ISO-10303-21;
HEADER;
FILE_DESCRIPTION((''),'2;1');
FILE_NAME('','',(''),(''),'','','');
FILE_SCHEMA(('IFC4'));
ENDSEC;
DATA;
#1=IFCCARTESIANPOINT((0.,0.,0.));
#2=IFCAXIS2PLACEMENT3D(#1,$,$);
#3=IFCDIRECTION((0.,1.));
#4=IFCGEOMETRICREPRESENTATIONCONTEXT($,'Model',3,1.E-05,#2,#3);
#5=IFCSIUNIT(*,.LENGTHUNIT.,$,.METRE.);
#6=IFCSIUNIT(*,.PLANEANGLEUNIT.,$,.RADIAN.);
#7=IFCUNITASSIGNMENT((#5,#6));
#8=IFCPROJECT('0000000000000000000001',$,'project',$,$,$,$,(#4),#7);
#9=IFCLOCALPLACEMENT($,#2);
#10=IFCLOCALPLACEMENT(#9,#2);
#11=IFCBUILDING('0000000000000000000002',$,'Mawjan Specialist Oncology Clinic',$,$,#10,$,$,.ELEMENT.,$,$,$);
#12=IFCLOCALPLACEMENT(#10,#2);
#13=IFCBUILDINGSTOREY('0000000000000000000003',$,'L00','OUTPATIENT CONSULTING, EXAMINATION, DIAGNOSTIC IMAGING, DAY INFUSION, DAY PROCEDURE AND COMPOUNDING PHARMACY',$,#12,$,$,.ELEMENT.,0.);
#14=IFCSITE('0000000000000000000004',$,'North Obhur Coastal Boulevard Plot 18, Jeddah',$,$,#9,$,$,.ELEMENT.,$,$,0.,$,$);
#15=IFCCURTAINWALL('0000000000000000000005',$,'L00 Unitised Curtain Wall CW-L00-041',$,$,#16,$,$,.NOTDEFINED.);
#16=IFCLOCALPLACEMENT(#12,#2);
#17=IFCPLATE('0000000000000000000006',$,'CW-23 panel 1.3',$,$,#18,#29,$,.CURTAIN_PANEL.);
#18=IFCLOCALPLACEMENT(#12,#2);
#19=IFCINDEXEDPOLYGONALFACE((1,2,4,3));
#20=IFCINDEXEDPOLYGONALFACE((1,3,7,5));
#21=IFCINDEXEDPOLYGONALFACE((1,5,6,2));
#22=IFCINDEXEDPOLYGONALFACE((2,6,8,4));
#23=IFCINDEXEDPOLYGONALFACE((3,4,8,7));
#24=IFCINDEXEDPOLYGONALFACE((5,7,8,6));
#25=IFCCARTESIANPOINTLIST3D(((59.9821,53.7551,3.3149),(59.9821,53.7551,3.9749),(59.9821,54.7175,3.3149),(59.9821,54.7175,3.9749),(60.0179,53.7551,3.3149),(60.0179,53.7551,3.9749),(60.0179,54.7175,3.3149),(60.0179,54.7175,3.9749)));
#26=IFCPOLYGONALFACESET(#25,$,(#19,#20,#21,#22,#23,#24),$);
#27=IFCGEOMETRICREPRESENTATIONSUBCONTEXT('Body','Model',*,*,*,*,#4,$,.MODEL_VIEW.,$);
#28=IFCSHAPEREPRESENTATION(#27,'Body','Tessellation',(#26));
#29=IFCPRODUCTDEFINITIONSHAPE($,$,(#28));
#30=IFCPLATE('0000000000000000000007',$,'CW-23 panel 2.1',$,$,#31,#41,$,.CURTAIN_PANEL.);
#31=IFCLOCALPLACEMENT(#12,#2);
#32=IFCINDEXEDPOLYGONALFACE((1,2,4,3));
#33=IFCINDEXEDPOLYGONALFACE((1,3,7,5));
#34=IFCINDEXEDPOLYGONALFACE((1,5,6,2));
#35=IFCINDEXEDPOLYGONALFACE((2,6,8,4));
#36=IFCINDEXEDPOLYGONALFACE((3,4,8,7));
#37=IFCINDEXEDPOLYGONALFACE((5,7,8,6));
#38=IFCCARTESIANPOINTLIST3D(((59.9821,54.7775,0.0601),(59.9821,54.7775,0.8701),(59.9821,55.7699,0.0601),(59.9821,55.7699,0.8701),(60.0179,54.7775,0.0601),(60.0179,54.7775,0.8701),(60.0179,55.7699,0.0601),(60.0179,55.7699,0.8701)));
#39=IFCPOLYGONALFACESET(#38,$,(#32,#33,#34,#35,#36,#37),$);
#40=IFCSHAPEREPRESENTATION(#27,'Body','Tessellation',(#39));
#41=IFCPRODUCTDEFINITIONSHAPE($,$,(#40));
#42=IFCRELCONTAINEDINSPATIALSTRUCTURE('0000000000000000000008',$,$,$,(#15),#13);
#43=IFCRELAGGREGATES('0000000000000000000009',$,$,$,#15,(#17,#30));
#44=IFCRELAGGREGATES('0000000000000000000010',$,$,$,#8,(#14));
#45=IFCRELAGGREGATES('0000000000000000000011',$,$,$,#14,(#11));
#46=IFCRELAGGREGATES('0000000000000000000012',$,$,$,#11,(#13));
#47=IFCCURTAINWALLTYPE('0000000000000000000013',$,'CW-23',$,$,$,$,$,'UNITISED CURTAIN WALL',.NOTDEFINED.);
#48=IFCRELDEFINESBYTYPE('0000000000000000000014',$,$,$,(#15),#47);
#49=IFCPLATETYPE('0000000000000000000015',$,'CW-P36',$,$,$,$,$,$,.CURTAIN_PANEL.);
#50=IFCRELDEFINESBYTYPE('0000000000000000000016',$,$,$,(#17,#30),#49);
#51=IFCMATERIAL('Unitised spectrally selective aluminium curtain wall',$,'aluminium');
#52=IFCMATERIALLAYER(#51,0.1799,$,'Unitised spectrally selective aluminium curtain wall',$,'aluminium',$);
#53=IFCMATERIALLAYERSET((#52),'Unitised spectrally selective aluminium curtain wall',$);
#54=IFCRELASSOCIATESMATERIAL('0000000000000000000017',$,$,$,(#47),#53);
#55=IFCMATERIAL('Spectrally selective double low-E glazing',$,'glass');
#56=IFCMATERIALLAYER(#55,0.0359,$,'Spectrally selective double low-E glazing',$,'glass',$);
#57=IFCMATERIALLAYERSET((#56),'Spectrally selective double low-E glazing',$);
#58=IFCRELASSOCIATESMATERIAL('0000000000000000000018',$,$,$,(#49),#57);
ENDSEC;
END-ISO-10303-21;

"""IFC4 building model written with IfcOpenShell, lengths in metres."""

from ifc_helpers import new_model, si_unit, direction, frame, origin, origin_2d, place, context, subcontext, project, spatial, rectangle, extrude, material, layer, layer_set, type_object, element, aggregate, save


model = new_model("IFC4")

# Units and contexts
model_context = context("Model", 3, precision=1e-05, world=origin(), true_north=direction((0.0, 1.0)))
body_context = subcontext(model_context, "Body", "Model", "MODEL_VIEW")
ifc_project = project(units=[si_unit("LENGTHUNIT", "METRE"), si_unit("PLANEANGLEUNIT", "RADIAN")], contexts=[model_context])

# Site, building, storey
site_placement = place(None, origin())
site = spatial("IfcSite", under=ifc_project, at=site_placement, Name="North Obhur Coastal Boulevard Plot 18, Jeddah", CompositionType="ELEMENT", RefElevation=0.0)
building_placement = place(site_placement, origin())
building = spatial("IfcBuilding", under=site, at=building_placement, Name="Mawjan Specialist Oncology Clinic", CompositionType="ELEMENT")
storey_placement = place(building_placement, origin())
storey = spatial("IfcBuildingStorey", under=building, at=storey_placement, Name="L00", Description="OUTPATIENT CONSULTING, EXAMINATION, DIAGNOSTIC IMAGING, DAY INFUSION, DAY PROCEDURE AND COMPOUNDING PHARMACY", CompositionType="ELEMENT", Elevation=0.0)

# Curtain wall
ifc_material_1 = material(Name="Unitised spectrally selective aluminium curtain wall", Category="aluminium")
ifc_layer_1 = layer(ifc_material_1, 0.1799, Name="Unitised spectrally selective aluminium curtain wall", Category="aluminium")
ifc_layer_set_1 = layer_set([ifc_layer_1], Name="Unitised spectrally selective aluminium curtain wall")
curtain_wall_type_1 = type_object("IfcCurtainWallType", Name="CW-23", ElementType="UNITISED CURTAIN WALL", PredefinedType="NOTDEFINED", material=ifc_layer_set_1)
curtain_wall_1_placement = place(storey_placement, origin())
curtain_wall_1 = element("IfcCurtainWall", 1, at=curtain_wall_1_placement, inside=storey, type_object=curtain_wall_type_1, Name="L00 Unitised Curtain Wall CW-L00-041", PredefinedType="NOTDEFINED")

# Plates
ifc_material_2 = material(Name="Spectrally selective double low-E glazing", Category="glass")
ifc_layer_2 = layer(ifc_material_2, 0.0359, Name="Spectrally selective double low-E glazing", Category="glass")
ifc_layer_set_2 = layer_set([ifc_layer_2], Name="Spectrally selective double low-E glazing")
plate_type = type_object("IfcPlateType", Name="CW-P36", PredefinedType="CURTAIN_PANEL", material=ifc_layer_set_2)
plate_1_placement = place(storey_placement, frame((60.0, 54.2363, 3.3149), z_axis=(0.0, 0.0, 1.0), x_axis=(0.0, 1.0, 0.0)))
plate_1 = element("IfcPlate", 2, at=plate_1_placement, type_object=plate_type, Name="CW-23 panel 1.3", PredefinedType="CURTAIN_PANEL", context=body_context, shape_type="SweptSolid", body=[
    extrude(rectangle(XDim=0.9624, YDim=0.0359, at=origin_2d()), origin(), (0.0, 0.0, 1.0), 0.6599),
])
plate_2_placement = place(storey_placement, frame((60.0, 55.2737, 0.0601), z_axis=(0.0, 0.0, 1.0), x_axis=(0.0, 1.0, 0.0)))
plate_2 = element("IfcPlate", 3, at=plate_2_placement, type_object=plate_type, Name="CW-23 panel 2.1", PredefinedType="CURTAIN_PANEL", context=body_context, shape_type="SweptSolid", body=[
    extrude(rectangle(XDim=0.9924, YDim=0.0359, at=origin_2d()), origin(), (0.0, 0.0, 1.0), 0.8101),
])
aggregate(curtain_wall_1, [plate_1, plate_2])

save(model, "model.ifc")
